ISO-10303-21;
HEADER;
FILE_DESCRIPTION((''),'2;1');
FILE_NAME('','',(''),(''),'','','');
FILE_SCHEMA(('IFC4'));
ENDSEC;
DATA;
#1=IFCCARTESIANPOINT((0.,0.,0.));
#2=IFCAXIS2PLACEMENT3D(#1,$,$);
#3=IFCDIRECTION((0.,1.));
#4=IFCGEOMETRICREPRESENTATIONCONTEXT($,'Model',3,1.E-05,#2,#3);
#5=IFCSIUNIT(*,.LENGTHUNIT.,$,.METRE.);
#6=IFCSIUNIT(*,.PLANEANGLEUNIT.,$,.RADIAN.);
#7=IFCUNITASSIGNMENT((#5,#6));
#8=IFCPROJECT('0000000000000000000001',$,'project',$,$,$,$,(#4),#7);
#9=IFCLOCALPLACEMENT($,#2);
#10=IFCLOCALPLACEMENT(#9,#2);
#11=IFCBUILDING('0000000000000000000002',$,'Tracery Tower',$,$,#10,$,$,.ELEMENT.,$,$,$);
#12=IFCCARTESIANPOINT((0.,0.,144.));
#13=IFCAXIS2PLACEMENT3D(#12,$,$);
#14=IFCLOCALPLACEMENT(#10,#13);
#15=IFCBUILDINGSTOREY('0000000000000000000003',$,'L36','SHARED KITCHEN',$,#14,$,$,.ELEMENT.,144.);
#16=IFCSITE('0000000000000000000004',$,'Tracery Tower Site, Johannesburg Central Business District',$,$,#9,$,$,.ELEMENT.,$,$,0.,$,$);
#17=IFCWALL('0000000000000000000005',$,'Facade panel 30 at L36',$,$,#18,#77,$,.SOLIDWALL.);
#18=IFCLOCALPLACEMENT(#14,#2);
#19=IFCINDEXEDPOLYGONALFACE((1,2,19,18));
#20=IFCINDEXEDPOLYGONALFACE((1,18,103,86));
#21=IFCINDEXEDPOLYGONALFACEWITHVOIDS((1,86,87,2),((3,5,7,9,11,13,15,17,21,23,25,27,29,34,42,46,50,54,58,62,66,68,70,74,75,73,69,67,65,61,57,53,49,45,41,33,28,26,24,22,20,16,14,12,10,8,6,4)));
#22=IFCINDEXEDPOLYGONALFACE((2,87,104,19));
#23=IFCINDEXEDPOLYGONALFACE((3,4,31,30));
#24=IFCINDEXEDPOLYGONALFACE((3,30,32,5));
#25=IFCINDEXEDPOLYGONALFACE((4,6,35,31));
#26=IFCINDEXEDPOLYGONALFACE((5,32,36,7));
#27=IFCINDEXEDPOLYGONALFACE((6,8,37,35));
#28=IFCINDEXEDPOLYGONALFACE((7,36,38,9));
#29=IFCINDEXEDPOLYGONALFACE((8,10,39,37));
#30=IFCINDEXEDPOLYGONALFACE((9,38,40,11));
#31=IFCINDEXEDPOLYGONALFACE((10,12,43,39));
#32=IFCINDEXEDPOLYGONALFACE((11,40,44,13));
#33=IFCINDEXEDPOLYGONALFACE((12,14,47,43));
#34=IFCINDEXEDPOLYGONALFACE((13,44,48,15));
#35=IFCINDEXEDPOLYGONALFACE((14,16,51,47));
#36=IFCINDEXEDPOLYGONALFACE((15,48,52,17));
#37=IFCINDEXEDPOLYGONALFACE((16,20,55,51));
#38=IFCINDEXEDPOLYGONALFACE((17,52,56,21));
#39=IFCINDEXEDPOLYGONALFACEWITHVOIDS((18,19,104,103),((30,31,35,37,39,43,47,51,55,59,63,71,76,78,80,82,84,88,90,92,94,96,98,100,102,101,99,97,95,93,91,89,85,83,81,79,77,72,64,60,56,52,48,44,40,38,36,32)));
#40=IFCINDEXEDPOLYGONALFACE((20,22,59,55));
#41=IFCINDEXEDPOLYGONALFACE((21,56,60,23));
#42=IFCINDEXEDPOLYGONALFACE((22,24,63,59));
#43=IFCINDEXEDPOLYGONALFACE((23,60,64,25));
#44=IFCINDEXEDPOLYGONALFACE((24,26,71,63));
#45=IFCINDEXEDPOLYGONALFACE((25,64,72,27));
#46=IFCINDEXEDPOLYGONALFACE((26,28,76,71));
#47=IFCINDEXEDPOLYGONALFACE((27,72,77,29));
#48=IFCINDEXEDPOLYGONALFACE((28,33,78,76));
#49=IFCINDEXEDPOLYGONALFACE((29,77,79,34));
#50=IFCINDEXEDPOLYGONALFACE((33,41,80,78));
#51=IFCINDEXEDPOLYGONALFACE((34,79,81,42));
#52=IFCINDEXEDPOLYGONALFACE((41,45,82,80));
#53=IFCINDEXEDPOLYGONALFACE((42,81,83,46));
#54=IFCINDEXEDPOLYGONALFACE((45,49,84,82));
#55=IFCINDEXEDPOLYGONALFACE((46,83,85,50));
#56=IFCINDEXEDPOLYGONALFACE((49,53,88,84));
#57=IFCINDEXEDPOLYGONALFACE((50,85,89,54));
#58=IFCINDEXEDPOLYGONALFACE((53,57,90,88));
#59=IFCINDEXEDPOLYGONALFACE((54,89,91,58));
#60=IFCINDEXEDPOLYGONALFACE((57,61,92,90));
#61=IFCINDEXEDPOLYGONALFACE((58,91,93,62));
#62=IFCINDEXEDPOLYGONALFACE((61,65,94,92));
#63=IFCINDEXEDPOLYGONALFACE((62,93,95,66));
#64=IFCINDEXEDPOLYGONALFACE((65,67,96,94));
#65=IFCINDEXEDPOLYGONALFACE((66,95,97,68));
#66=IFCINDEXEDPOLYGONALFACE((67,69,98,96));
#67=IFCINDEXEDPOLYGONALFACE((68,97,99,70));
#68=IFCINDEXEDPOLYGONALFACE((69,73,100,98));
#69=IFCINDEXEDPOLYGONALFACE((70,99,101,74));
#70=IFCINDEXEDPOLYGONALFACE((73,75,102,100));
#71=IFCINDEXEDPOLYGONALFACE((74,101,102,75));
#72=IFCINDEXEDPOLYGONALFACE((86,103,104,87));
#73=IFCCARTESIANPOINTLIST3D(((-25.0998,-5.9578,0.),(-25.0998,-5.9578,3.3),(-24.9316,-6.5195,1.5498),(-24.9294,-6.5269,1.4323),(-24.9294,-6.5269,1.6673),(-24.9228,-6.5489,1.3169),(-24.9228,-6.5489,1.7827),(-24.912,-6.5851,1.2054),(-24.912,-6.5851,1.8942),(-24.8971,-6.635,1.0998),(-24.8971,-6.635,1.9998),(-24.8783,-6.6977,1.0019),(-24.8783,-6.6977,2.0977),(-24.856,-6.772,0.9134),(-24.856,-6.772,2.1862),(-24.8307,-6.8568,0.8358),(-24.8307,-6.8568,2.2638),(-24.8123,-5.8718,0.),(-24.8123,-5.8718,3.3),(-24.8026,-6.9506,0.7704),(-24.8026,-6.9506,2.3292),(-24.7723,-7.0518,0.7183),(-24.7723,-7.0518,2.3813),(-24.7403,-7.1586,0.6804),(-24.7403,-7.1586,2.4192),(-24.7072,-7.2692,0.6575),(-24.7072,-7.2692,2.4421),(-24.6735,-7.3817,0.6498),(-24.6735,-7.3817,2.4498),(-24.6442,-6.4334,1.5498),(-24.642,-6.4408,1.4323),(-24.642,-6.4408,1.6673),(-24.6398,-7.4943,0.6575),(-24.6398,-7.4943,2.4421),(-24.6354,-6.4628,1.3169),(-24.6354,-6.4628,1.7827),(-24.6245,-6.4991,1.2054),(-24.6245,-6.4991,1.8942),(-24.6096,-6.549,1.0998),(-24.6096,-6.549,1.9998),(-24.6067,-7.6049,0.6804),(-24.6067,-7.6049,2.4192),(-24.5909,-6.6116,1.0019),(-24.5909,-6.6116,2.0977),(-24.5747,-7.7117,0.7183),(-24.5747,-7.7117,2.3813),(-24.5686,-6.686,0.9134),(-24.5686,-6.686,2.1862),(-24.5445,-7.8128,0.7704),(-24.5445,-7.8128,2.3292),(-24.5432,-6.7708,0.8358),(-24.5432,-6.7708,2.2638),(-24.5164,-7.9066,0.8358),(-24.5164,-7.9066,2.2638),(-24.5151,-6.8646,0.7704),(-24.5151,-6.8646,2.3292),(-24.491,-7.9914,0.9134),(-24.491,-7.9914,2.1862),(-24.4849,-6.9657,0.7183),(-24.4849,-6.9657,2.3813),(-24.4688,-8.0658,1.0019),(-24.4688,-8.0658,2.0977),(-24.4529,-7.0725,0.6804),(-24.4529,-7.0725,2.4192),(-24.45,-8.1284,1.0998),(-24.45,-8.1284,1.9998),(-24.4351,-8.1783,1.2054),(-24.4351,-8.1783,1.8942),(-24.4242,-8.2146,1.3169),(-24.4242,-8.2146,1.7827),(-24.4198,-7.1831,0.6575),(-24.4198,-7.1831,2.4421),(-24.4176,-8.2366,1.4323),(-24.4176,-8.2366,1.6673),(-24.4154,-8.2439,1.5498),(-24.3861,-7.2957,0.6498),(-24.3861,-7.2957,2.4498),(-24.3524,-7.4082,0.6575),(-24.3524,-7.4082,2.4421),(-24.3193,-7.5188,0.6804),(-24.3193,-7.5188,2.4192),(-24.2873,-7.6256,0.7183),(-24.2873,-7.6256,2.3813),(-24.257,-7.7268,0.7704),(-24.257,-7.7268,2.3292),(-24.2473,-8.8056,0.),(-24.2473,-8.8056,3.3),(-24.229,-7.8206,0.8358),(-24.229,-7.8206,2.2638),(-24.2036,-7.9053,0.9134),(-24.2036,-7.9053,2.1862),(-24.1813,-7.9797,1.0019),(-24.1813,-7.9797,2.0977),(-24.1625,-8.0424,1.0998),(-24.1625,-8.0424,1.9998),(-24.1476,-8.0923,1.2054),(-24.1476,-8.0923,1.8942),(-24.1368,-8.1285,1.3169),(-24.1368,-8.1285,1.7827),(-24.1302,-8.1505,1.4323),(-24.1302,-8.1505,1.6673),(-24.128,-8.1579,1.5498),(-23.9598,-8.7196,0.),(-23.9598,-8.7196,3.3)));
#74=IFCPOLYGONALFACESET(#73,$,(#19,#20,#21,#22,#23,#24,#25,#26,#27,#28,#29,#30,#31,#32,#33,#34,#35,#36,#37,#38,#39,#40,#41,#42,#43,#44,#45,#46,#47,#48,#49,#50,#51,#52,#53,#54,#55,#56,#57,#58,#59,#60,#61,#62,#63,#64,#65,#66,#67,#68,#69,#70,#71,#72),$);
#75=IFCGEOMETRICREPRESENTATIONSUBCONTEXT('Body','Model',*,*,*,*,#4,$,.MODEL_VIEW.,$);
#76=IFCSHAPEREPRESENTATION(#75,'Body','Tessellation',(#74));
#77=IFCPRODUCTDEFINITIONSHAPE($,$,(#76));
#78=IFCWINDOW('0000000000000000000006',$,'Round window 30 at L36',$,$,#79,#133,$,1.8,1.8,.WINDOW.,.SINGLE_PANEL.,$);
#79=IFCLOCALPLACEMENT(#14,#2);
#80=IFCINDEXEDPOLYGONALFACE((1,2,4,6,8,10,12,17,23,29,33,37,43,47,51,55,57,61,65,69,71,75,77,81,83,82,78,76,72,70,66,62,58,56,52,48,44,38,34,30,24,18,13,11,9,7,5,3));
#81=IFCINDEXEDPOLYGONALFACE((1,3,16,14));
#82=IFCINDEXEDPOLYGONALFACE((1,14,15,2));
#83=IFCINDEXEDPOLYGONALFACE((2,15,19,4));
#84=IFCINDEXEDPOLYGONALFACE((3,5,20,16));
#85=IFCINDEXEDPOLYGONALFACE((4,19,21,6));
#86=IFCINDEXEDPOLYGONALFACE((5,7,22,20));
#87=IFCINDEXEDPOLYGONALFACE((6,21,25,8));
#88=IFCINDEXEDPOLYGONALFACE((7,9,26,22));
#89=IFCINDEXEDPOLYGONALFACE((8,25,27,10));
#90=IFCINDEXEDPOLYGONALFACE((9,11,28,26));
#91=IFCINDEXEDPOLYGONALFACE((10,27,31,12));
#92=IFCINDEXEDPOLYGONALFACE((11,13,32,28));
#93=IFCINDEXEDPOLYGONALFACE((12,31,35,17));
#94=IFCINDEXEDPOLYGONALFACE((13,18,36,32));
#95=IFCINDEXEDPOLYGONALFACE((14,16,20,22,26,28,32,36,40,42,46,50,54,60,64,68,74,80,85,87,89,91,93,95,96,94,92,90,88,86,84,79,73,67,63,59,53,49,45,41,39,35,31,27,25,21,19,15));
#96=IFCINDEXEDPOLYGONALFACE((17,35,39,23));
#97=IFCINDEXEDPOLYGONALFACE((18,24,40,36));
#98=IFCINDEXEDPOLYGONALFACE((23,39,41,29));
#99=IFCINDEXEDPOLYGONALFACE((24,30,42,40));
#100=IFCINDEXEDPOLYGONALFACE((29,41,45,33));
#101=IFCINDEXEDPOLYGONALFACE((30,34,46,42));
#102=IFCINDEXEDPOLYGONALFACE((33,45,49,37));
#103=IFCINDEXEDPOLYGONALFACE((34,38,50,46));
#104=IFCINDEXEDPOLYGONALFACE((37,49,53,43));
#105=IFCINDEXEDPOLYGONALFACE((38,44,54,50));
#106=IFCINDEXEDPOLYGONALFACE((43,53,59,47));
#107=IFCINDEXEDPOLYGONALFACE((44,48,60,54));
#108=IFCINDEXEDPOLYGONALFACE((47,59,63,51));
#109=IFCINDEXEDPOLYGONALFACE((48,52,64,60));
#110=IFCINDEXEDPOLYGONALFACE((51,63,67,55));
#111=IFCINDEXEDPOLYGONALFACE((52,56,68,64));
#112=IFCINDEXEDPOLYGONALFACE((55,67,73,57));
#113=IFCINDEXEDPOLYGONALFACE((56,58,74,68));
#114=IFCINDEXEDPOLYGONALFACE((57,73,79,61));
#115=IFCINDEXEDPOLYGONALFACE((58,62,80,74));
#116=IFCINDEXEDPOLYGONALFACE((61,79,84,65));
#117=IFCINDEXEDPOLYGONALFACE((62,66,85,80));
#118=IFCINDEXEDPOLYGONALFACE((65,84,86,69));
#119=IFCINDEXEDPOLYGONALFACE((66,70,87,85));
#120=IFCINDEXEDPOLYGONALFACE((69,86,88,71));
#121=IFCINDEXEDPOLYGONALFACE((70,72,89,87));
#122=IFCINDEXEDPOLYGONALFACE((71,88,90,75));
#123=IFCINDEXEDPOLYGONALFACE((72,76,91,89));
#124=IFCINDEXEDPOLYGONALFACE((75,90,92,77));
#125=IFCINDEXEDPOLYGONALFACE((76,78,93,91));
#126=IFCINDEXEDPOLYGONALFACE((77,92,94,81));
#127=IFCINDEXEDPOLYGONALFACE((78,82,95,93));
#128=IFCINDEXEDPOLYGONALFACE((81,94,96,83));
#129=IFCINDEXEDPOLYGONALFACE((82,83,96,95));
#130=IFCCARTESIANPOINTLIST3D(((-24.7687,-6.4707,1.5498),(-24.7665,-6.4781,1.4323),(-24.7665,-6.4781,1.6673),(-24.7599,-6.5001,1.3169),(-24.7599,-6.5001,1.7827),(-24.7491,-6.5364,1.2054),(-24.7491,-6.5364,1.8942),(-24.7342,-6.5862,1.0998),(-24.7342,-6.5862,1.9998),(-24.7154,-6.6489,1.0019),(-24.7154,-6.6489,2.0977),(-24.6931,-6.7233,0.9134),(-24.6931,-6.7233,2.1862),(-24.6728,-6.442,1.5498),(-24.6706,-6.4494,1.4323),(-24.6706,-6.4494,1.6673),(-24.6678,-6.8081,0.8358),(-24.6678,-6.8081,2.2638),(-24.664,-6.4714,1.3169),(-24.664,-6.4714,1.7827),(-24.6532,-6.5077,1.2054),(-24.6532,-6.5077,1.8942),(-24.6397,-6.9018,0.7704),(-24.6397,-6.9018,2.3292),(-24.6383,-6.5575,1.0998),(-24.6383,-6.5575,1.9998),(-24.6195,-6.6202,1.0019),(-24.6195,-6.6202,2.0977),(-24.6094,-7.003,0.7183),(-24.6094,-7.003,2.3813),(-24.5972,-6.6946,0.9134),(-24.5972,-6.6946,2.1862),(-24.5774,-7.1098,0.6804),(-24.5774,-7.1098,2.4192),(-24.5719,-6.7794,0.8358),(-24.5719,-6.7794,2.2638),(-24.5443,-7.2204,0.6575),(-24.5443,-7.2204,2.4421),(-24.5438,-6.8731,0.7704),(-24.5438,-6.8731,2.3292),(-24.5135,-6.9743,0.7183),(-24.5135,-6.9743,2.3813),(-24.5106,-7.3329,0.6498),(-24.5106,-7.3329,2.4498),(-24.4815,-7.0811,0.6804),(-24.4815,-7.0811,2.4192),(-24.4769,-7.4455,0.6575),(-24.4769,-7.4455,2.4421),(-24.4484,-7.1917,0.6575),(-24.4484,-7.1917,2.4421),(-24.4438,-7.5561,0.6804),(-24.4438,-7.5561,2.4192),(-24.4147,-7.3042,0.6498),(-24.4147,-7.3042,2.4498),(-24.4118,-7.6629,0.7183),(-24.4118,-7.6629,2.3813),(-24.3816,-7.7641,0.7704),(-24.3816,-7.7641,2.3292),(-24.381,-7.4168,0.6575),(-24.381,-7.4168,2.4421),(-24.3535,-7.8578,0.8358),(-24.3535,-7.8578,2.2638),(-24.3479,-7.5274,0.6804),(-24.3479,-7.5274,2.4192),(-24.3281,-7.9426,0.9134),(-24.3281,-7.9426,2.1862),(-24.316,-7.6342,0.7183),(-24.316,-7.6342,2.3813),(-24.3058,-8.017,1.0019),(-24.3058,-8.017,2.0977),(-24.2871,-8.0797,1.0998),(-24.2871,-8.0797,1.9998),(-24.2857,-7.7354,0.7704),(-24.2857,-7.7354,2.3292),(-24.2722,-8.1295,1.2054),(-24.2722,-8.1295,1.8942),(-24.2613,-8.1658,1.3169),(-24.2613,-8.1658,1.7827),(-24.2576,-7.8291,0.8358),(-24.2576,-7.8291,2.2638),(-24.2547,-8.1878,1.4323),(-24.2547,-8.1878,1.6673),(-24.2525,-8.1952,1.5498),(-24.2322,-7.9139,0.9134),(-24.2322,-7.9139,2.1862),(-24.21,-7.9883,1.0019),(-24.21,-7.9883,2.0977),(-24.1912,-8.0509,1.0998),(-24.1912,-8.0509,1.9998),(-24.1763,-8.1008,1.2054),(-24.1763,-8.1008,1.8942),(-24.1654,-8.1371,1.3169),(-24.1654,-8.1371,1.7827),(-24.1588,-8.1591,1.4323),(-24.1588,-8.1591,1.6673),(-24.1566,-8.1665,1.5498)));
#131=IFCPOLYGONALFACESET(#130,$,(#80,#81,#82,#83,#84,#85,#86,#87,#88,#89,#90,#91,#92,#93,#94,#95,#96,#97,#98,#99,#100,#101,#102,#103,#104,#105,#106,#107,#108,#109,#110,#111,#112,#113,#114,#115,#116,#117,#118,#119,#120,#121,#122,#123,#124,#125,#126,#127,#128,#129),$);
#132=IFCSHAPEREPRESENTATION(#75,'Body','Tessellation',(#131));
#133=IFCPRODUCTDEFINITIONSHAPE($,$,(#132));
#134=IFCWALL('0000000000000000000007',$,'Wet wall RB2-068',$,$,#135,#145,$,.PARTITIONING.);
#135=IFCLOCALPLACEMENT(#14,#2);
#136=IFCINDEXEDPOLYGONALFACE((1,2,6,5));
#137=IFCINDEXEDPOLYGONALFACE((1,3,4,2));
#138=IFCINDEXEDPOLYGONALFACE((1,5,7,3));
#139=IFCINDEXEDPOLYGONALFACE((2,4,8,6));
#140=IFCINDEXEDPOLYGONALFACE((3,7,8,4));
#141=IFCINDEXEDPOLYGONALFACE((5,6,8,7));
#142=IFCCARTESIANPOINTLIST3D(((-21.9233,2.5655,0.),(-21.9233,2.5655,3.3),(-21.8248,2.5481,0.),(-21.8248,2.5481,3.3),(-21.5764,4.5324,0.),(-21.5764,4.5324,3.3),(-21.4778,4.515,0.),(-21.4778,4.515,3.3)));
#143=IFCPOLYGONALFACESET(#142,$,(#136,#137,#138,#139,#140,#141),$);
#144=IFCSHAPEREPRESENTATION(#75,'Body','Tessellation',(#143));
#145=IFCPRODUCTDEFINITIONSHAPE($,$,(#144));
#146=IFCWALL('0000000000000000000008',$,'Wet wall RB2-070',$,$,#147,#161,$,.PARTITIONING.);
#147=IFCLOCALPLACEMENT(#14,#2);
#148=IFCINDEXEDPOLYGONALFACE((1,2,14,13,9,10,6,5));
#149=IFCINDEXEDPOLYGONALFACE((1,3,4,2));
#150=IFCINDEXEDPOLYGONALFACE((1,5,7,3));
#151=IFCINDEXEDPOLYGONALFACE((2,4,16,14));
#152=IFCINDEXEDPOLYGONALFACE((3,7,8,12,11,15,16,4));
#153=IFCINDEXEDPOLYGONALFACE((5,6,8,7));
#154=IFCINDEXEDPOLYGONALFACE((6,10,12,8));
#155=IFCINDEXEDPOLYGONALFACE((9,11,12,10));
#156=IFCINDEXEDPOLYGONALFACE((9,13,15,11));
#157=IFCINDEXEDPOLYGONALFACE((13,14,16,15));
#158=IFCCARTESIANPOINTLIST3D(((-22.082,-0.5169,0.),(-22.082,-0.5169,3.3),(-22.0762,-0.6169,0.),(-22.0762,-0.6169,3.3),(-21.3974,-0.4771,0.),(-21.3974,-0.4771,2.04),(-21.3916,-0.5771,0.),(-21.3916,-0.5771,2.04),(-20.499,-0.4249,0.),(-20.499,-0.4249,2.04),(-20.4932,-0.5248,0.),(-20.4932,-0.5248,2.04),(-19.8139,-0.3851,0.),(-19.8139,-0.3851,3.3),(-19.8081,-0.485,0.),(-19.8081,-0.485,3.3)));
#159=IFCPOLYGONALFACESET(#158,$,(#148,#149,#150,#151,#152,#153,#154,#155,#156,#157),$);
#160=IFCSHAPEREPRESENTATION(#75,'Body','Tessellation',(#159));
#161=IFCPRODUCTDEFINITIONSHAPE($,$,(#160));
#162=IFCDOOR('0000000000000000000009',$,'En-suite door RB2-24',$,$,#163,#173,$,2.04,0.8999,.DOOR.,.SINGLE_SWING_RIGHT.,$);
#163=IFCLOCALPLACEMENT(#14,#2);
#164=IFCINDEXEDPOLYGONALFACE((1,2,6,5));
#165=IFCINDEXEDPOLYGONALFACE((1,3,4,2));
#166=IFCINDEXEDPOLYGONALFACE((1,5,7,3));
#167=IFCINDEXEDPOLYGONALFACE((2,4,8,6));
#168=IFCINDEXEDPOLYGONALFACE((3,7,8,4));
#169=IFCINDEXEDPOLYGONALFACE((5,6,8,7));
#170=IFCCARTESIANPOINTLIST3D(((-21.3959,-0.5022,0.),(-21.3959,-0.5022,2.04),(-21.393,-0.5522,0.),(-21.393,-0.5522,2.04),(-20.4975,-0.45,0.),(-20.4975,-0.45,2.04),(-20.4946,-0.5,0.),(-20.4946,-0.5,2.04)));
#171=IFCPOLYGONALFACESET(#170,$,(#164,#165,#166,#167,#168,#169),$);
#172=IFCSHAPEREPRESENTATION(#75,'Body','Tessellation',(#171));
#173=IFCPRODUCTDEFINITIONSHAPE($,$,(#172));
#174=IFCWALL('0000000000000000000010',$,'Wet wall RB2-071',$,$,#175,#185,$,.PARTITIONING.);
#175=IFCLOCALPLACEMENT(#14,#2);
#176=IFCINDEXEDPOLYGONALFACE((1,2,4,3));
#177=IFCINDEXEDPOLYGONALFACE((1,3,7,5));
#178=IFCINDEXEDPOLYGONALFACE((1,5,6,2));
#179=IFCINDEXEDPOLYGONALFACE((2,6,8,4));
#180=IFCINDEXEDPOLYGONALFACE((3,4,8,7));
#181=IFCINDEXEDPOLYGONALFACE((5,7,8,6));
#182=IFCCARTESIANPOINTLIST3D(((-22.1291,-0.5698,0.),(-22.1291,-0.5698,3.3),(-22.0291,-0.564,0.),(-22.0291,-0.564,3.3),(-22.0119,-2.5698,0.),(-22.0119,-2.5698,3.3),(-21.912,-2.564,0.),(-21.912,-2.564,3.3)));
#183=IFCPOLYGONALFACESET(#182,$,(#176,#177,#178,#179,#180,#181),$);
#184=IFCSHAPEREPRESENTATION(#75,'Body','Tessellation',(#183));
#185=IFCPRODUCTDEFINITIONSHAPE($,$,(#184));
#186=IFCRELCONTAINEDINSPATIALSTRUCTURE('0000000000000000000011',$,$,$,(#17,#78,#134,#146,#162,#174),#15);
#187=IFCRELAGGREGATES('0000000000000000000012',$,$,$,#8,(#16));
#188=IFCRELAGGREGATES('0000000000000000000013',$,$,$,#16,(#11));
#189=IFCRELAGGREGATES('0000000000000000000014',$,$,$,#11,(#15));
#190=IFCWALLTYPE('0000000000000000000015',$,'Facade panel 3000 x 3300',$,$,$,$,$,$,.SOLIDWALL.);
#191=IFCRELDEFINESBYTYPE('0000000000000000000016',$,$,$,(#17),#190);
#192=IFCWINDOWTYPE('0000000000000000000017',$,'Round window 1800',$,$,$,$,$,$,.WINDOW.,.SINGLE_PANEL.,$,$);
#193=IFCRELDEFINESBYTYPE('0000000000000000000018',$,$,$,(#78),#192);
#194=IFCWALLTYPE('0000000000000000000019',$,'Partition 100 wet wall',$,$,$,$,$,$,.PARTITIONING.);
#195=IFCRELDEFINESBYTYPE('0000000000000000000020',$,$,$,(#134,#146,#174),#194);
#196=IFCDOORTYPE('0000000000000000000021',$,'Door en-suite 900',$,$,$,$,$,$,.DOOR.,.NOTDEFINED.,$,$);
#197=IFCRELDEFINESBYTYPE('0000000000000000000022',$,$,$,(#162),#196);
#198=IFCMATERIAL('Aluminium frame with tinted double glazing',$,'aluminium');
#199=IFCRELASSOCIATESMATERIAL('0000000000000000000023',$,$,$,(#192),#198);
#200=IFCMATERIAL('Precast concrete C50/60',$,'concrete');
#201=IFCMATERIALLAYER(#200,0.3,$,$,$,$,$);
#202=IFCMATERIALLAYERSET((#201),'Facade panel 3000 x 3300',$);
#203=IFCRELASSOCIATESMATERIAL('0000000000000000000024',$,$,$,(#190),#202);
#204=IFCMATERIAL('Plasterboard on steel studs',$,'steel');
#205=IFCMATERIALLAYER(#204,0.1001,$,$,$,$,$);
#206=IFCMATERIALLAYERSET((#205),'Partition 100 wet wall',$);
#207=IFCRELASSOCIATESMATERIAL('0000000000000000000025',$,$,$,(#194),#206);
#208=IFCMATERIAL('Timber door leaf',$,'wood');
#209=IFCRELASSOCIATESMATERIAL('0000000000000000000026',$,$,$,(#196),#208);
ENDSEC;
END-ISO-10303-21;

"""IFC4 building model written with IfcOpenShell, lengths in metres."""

from ifc_helpers import new_model, si_unit, direction, frame, frame_2d, origin, origin_2d, place, context, subcontext, project, spatial, rectangle, circle, extrude, material, layer, layer_set, type_object, element, fill, save


model = new_model("IFC4")

# Units and contexts
model_context = context("Model", 3, precision=1e-05, world=origin(), true_north=direction((0.0, 1.0)))
body_context = subcontext(model_context, "Body", "Model", "MODEL_VIEW")
ifc_project = project(units=[si_unit("LENGTHUNIT", "METRE"), si_unit("PLANEANGLEUNIT", "RADIAN")], contexts=[model_context])

# Site, building, storey
site_placement = place(None, origin())
site = spatial("IfcSite", under=ifc_project, at=site_placement, Name="Tracery Tower Site, Johannesburg Central Business District", CompositionType="ELEMENT", RefElevation=0.0)
building_placement = place(site_placement, origin())
building = spatial("IfcBuilding", under=site, at=building_placement, Name="Tracery Tower", CompositionType="ELEMENT")
storey_placement = place(building_placement, frame((0.0, 0.0, 144.0)))
storey = spatial("IfcBuildingStorey", under=building, at=storey_placement, Name="L36", Description="SHARED KITCHEN", CompositionType="ELEMENT", Elevation=144.0)

# Wall, opening, window
ifc_material_1 = material(Name="Aluminium frame with tinted double glazing", Category="aluminium")
window_type = type_object("IfcWindowType", Name="Round window 1800", PartitioningType="SINGLE_PANEL", PredefinedType="WINDOW", material=ifc_material_1)
ifc_material_2 = material(Name="Precast concrete C50/60", Category="concrete")
ifc_layer_1 = layer(ifc_material_2, 0.3)
ifc_layer_set_1 = layer_set([ifc_layer_1], Name="Facade panel 3000 x 3300")
wall_type_1 = type_object("IfcWallType", Name="Facade panel 3000 x 3300", PredefinedType="SOLIDWALL", material=ifc_layer_set_1)
wall_1_placement = place(storey_placement, frame((-24.9561, -5.9148, 0.0), z_axis=(0.0, 0.0, 1.0), x_axis=(0.286783, -0.957996, 0.0)))
wall_1 = element("IfcWall", 1, at=wall_1_placement, inside=storey, type_object=wall_type_1, Name="Facade panel 30 at L36", PredefinedType="SOLIDWALL", context=body_context, shape_type="SweptSolid", body=[
    extrude(rectangle(XDim=2.9727, YDim=0.3, at=frame_2d((1.4863, 0.0))), origin(), (0.0, 0.0, 1.0), 3.3),
])
opening_1_placement = place(wall_1_placement, frame((1.4863, 0.0, 1.5498)))
opening_1 = element("IfcOpeningElement", 2, at=opening_1_placement, cuts=wall_1, PredefinedType="OPENING", context=body_context, shape_type="SweptSolid", body=[
    extrude(circle(Radius=0.9, at=origin_2d()), frame((0.0, 0.1599, 0.0), z_axis=(0.0, -1.0, 0.0), x_axis=(1.0, 0.0, 0.0)), (0.0, 0.0, 1.0), 0.3201),
])
window_1_placement = place(opening_1_placement, origin())
window_1 = element("IfcWindow", 3, at=window_1_placement, inside=storey, type_object=window_type, Name="Round window 30 at L36", OverallHeight=1.8, OverallWidth=1.8, PartitioningType="SINGLE_PANEL", PredefinedType="WINDOW", context=body_context, shape_type="SweptSolid", body=[
    extrude(circle(Radius=0.9, at=origin_2d()), frame((0.0, 0.1201, 0.0), z_axis=(0.0, -1.0, 0.0), x_axis=(1.0, 0.0, 0.0)), (0.0, 0.0, 1.0), 0.1001),
])
fill(opening_1, window_1)

# Wall
ifc_material_3 = material(Name="Plasterboard on steel studs", Category="steel")
ifc_layer_2 = layer(ifc_material_3, 0.1001)
ifc_layer_set_2 = layer_set([ifc_layer_2], Name="Partition 100 wet wall")
wall_type_2 = type_object("IfcWallType", Name="Partition 100 wet wall", PredefinedType="PARTITIONING", material=ifc_layer_set_2)
wall_2_placement = place(storey_placement, frame((-21.874, 2.5569, 0.0), z_axis=(0.0, 0.0, 1.0), x_axis=(0.173688, 0.984801, 0.0)))
element("IfcWall", 4, at=wall_2_placement, inside=storey, type_object=wall_type_2, Name="Wet wall RB2-068", PredefinedType="PARTITIONING", context=body_context, shape_type="SweptSolid", body=[
    extrude(rectangle(XDim=1.9973, YDim=0.1001, at=frame_2d((0.9985, 0.0))), origin(), (0.0, 0.0, 1.0), 3.3),
])

# Wall, opening, door
wall_3_placement = place(storey_placement, frame((-22.0791, -0.5669, 0.0), z_axis=(0.0, 0.0, 1.0), x_axis=(0.998315, 0.058029, 0.0)))
wall_3 = element("IfcWall", 5, at=wall_3_placement, inside=storey, type_object=wall_type_2, Name="Wet wall RB2-070", PredefinedType="PARTITIONING", context=body_context, shape_type="SweptSolid", body=[
    extrude(rectangle(XDim=2.272, YDim=0.1001, at=frame_2d((1.136, 0.0))), origin(), (0.0, 0.0, 1.0), 3.3),
])
opening_2_placement = place(wall_3_placement, frame((0.6858, 0.0, 0.0)))
opening_2 = element("IfcOpeningElement", 6, at=opening_2_placement, cuts=wall_3, PredefinedType="OPENING", context=body_context, shape_type="SweptSolid", body=[
    extrude(rectangle(XDim=0.8999, YDim=2.04, at=frame_2d((0.45, 1.02))), frame((0.0, 0.05, 0.0), z_axis=(0.0, -1.0, 0.0), x_axis=(1.0, 0.0, 0.0)), (0.0, 0.0, 1.0), 0.1001),
])
ifc_material_4 = material(Name="Timber door leaf", Category="wood")
door_type_1 = type_object("IfcDoorType", Name="Door en-suite 900", OperationType="NOTDEFINED", PredefinedType="DOOR", material=ifc_material_4)
door_1_placement = place(opening_2_placement, origin())
door_1 = element("IfcDoor", 7, at=door_1_placement, inside=storey, type_object=door_type_1, Name="En-suite door RB2-24", OperationType="SINGLE_SWING_RIGHT", OverallHeight=2.04, OverallWidth=0.8999, PredefinedType="DOOR", context=body_context, shape_type="SweptSolid", body=[
    extrude(rectangle(XDim=0.8999, YDim=2.04, at=frame_2d((0.45, 1.02))), frame((0.0, 0.0249, 0.0), z_axis=(0.0, -1.0, 0.0), x_axis=(1.0, 0.0, 0.0)), (0.0, 0.0, 1.0), 0.05),
])
fill(opening_2, door_1)

# Wall
wall_4_placement = place(storey_placement, frame((-22.0791, -0.5669, 0.0), z_axis=(0.0, 0.0, 1.0), x_axis=(0.058493, -0.998288, 0.0)))
element("IfcWall", 8, at=wall_4_placement, inside=storey, type_object=wall_type_2, Name="Wet wall RB2-071", PredefinedType="PARTITIONING", context=body_context, shape_type="SweptSolid", body=[
    extrude(rectangle(XDim=2.0034, YDim=0.1001, at=frame_2d((1.0017, 0.0))), origin(), (0.0, 0.0, 1.0), 3.3),
])

save(model, "model.ifc")
